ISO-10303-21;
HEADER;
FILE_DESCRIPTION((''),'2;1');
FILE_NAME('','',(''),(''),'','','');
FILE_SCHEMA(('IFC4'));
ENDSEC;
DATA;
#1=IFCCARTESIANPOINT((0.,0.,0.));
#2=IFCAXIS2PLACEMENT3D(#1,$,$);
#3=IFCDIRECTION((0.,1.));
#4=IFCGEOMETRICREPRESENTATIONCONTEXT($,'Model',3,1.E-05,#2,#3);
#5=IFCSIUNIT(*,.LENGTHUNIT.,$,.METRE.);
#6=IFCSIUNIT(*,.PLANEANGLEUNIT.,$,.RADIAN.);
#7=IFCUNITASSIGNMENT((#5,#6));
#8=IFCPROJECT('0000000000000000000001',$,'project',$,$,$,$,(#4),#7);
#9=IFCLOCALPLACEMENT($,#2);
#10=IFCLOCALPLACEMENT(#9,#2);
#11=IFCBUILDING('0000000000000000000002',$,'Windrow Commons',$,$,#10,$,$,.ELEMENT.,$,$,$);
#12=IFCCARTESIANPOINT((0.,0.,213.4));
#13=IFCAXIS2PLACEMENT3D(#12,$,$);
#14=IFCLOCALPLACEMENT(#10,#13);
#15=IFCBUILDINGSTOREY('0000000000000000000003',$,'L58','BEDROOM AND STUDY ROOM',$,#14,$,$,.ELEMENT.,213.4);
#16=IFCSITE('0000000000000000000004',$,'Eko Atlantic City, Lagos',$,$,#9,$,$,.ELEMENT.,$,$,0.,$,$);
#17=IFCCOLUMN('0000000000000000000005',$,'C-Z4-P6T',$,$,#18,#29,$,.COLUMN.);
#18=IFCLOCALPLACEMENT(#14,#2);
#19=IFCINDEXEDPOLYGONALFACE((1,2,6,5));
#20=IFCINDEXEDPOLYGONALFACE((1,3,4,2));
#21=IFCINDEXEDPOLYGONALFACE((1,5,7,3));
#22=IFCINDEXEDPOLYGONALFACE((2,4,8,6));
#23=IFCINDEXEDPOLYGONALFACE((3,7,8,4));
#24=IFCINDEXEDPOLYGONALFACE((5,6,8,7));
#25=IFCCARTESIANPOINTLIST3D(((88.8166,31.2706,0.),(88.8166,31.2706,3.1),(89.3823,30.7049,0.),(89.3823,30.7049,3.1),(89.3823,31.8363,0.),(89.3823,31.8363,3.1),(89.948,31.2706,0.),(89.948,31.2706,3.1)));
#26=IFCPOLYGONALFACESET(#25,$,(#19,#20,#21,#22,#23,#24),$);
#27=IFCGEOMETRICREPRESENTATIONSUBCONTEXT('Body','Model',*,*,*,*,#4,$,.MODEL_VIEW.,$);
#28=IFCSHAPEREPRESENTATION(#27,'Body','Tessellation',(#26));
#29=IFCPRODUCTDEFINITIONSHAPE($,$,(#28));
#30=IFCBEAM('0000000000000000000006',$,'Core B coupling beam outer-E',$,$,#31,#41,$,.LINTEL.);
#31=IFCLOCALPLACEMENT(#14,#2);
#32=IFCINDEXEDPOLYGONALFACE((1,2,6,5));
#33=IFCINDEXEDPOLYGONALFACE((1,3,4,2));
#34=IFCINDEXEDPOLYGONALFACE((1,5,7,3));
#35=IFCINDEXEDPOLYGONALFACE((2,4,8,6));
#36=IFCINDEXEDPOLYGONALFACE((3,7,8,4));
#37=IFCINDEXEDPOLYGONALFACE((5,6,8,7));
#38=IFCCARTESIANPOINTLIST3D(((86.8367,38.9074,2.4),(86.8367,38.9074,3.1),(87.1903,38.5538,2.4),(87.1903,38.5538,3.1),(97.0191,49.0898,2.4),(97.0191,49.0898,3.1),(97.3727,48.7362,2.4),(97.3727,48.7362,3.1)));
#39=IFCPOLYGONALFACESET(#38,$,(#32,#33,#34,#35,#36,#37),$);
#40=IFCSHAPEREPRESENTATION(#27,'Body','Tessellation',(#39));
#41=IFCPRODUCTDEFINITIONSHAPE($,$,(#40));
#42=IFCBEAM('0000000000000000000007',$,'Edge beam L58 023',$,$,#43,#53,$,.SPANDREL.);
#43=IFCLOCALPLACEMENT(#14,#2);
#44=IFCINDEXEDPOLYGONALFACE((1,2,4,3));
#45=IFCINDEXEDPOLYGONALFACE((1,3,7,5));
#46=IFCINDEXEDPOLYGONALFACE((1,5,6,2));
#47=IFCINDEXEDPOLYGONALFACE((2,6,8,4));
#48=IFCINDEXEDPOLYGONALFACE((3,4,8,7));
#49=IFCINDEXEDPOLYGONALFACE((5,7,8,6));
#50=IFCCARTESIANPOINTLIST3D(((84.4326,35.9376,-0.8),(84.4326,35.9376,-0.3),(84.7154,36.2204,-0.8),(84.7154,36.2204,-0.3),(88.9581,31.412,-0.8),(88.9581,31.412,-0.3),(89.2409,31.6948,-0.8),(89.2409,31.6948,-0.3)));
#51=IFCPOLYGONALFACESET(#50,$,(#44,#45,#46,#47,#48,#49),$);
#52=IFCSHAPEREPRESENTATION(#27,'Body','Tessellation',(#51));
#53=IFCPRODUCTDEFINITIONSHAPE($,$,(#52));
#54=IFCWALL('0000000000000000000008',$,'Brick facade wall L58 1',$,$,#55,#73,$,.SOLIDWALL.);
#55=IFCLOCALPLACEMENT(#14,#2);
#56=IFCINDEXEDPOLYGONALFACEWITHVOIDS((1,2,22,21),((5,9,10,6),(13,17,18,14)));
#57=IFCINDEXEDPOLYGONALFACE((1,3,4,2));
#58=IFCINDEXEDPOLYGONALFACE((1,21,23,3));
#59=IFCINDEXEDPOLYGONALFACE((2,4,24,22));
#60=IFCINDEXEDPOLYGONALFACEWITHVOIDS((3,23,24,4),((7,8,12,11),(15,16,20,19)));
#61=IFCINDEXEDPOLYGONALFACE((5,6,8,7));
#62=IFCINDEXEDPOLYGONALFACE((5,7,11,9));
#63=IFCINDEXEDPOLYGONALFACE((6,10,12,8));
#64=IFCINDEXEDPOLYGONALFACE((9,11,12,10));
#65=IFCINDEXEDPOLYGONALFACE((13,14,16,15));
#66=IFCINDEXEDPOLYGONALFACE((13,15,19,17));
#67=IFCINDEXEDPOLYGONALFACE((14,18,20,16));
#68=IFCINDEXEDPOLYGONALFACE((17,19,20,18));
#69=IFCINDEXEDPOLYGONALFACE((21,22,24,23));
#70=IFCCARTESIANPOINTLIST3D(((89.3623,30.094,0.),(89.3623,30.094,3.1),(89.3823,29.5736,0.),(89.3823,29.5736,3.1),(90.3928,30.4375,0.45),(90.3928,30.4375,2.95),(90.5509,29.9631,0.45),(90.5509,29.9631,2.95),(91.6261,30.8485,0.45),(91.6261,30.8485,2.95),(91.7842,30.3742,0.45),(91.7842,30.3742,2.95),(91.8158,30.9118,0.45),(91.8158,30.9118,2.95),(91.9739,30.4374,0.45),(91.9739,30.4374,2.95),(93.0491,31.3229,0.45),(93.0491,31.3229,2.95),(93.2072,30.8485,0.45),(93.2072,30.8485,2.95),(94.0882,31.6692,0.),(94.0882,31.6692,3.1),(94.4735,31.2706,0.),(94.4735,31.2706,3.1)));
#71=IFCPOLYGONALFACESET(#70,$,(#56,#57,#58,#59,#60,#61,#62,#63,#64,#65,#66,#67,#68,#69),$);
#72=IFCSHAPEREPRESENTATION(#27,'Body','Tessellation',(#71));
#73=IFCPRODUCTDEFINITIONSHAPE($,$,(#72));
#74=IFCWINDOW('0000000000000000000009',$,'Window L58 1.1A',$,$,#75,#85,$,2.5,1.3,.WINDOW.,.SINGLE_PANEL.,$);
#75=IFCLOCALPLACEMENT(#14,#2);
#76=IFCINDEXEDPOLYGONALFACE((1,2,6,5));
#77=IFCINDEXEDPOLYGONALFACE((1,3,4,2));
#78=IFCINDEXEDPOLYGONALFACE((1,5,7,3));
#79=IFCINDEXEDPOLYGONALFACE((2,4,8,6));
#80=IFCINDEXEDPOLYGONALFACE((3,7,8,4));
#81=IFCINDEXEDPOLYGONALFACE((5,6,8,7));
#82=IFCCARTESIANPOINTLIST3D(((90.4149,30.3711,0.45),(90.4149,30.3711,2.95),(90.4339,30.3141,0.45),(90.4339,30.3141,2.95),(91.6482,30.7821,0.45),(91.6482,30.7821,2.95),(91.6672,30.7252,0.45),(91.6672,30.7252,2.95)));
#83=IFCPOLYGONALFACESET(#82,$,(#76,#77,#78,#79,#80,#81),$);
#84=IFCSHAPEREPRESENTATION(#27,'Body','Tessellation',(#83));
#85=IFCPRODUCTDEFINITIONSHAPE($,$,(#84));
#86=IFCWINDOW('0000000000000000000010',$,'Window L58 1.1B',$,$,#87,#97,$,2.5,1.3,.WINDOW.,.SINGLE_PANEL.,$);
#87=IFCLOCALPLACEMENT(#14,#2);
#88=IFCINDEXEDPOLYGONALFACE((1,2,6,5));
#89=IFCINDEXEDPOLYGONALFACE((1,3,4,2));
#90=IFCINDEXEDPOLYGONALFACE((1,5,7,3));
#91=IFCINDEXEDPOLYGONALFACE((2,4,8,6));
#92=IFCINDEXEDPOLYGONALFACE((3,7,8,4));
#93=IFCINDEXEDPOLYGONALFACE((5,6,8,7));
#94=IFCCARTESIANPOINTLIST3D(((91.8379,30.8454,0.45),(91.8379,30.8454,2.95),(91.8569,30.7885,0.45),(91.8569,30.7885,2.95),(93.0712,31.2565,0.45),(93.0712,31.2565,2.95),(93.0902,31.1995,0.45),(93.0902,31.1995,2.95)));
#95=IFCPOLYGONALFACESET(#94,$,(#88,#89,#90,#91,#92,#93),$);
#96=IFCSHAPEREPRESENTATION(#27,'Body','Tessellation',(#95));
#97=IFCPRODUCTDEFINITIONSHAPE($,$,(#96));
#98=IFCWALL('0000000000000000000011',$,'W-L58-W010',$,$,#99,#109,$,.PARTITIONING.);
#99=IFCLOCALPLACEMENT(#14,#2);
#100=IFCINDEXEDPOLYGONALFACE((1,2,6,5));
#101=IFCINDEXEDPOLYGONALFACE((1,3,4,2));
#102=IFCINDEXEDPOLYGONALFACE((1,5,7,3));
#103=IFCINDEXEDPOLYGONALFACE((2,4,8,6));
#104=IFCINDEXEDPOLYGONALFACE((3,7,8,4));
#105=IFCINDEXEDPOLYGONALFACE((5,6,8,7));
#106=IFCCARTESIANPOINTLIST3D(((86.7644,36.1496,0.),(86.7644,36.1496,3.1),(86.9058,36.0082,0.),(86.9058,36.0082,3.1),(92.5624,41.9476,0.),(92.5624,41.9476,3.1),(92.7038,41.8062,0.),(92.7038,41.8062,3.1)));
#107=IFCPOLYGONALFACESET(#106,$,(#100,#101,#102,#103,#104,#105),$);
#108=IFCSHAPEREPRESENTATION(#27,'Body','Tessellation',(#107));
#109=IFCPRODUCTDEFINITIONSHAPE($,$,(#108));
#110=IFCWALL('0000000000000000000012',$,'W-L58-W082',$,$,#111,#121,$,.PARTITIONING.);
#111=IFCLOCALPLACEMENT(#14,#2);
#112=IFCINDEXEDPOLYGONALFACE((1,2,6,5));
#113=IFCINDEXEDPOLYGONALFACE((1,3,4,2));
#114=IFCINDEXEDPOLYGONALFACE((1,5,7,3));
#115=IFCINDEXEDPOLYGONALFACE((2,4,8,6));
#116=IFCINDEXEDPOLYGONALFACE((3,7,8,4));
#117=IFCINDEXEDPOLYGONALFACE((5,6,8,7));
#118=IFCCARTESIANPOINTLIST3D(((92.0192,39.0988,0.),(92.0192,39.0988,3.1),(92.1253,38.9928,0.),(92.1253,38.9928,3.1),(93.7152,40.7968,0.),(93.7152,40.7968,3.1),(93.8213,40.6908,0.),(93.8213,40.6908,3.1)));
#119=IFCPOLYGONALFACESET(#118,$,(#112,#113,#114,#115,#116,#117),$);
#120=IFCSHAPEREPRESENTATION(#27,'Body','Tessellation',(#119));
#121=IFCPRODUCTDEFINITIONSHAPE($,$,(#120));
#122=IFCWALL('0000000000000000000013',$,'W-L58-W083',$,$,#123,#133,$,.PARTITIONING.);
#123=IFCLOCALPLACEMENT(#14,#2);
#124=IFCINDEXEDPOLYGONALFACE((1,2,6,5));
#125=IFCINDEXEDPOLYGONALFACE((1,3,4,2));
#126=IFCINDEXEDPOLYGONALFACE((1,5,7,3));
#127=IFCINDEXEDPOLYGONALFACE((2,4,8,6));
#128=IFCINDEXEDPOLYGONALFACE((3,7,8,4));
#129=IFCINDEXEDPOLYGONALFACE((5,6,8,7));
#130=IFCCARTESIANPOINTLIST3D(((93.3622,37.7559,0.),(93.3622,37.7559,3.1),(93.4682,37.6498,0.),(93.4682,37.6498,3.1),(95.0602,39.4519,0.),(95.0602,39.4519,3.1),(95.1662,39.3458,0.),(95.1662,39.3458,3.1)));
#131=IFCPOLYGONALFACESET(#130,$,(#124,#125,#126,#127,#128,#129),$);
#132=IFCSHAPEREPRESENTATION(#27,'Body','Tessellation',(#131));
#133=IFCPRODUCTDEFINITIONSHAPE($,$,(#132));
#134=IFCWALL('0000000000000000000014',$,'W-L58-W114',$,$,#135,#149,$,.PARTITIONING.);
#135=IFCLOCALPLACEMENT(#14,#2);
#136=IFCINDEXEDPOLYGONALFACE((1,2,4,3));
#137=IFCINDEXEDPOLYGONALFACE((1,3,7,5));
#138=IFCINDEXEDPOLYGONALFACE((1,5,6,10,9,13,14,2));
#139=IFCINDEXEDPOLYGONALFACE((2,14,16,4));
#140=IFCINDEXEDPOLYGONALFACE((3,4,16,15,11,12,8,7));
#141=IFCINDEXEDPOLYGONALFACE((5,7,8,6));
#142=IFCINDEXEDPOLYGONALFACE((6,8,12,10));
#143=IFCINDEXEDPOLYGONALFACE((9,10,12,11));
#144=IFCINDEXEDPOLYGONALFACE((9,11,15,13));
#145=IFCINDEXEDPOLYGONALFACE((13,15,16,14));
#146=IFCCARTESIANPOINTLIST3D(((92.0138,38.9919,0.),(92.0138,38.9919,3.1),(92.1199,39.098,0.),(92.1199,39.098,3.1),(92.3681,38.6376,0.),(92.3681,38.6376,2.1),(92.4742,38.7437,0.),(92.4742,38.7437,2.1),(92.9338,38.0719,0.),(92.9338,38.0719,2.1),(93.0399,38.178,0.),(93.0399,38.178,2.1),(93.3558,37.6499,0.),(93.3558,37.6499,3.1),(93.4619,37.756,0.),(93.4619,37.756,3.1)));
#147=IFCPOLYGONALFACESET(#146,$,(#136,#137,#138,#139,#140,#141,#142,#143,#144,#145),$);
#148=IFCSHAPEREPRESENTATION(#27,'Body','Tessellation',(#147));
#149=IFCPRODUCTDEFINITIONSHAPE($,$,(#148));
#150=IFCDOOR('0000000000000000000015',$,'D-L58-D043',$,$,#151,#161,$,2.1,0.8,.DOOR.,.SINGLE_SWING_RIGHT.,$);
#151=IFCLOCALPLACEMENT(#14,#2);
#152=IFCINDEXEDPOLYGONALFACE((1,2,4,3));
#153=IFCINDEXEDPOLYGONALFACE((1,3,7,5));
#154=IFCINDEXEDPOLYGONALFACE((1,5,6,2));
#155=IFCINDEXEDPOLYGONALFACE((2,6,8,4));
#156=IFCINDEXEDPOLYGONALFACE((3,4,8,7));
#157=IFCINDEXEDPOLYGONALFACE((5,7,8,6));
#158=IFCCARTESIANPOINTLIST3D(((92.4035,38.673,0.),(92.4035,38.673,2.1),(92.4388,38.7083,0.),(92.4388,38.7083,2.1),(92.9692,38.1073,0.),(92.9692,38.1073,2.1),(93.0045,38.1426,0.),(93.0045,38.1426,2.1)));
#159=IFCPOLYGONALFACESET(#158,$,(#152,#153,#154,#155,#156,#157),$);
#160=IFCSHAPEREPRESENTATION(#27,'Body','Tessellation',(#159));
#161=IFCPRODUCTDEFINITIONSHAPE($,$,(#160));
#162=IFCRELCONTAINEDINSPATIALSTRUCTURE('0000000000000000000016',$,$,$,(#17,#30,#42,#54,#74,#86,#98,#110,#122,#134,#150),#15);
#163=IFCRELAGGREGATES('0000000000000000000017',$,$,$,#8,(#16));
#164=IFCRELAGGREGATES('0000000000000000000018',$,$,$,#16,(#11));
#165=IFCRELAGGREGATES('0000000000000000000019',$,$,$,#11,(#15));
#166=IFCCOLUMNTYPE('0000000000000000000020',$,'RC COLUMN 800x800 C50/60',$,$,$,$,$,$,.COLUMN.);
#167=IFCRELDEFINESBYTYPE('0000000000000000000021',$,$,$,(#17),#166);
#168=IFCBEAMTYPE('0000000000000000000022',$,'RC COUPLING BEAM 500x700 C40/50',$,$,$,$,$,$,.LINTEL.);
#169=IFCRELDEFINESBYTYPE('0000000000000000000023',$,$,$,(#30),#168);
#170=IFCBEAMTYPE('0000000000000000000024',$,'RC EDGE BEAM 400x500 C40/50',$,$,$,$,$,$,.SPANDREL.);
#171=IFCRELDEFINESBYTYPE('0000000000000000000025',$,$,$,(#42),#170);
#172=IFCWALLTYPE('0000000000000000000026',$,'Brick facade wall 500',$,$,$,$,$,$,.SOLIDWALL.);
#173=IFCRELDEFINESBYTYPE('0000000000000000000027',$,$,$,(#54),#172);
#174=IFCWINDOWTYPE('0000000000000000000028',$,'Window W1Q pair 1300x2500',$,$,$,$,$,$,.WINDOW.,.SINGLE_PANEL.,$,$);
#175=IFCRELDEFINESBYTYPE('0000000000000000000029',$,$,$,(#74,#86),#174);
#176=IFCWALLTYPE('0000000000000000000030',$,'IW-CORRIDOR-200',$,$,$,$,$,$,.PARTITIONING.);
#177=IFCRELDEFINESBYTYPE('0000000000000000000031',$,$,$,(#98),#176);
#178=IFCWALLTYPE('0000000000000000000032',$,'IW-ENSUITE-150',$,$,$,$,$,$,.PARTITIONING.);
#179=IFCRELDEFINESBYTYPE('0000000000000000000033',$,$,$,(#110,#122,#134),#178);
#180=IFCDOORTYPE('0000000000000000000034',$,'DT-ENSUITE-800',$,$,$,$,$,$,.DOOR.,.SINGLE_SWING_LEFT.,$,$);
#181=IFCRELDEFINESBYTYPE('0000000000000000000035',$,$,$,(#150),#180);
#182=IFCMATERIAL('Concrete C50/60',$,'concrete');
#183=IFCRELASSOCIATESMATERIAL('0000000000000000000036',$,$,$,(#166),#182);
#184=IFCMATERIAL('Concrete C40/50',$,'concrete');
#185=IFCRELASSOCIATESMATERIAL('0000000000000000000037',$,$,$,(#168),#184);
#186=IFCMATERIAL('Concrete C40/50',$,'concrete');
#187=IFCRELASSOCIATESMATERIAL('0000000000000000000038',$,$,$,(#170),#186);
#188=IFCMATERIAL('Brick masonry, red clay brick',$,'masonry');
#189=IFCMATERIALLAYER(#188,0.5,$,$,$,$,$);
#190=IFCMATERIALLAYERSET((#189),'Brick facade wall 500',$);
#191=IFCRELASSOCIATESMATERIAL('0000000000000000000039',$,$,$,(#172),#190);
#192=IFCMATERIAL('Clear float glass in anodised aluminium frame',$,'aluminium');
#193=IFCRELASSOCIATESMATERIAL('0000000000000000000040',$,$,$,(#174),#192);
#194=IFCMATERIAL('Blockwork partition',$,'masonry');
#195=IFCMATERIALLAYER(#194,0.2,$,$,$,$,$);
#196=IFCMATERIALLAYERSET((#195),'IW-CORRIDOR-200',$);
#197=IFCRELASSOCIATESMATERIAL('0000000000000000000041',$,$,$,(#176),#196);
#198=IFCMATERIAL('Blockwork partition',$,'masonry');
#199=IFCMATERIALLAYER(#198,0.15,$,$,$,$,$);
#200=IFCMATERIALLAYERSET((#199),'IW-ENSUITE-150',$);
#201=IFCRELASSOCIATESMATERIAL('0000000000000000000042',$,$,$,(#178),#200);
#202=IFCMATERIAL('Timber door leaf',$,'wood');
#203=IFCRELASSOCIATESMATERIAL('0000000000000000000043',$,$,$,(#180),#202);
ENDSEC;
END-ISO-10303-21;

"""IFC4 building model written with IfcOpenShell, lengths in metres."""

from ifc_helpers import new_model, si_unit, direction, frame, frame_2d, origin, origin_2d, place, context, subcontext, project, spatial, polyline, rectangle, outline, extrude, material, layer, layer_set, material_profile, profile_set, type_object, element, fill, save


model = new_model("IFC4")

# Units and contexts
model_context = context("Model", 3, precision=1e-05, world=origin(), true_north=direction((0.0, 1.0)))
body_context = subcontext(model_context, "Body", "Model", "MODEL_VIEW")
ifc_project = project(units=[si_unit("LENGTHUNIT", "METRE"), si_unit("PLANEANGLEUNIT", "RADIAN")], contexts=[model_context])

# Site, building, storey
site_placement = place(None, origin())
site = spatial("IfcSite", under=ifc_project, at=site_placement, Name="Eko Atlantic City, Lagos", CompositionType="ELEMENT", RefElevation=0.0)
building_placement = place(site_placement, origin())
building = spatial("IfcBuilding", under=site, at=building_placement, Name="Windrow Commons", CompositionType="ELEMENT")
storey_placement = place(building_placement, frame((0.0, 0.0, 213.4)))
storey = spatial("IfcBuildingStorey", under=building, at=storey_placement, Name="L58", Description="BEDROOM AND STUDY ROOM", CompositionType="ELEMENT", Elevation=213.4)

# Column
ifc_material_1 = material(Name="Concrete C50/60", Category="concrete")
ifc_material_profile_1 = material_profile(ifc_material_1, rectangle(XDim=0.8, YDim=0.8, at=origin_2d()))
ifc_profile_set_1 = profile_set([ifc_material_profile_1], Name="Concrete C50/60")
column_type = type_object("IfcColumnType", Name="RC COLUMN 800x800 C50/60", PredefinedType="COLUMN", material=ifc_profile_set_1)
column_placement = place(storey_placement, frame((89.3823, 31.2706, 0.0), z_axis=(0.0, 0.0, 1.0), x_axis=(0.707107, -0.707107, 0.0)))
element("IfcColumn", 1, at=column_placement, inside=storey, type_object=column_type, Name="C-Z4-P6T", PredefinedType="COLUMN", context=body_context, shape_type="SweptSolid", body=[
    extrude(rectangle(XDim=0.8, YDim=0.8, at=origin_2d()), origin(), (0.0, 0.0, 1.0), 3.1),
])

# Beams
ifc_material_2 = material(Name="Concrete C40/50", Category="concrete")
ifc_material_profile_2 = material_profile(ifc_material_2, rectangle(XDim=0.5, YDim=0.7, at=origin_2d()))
ifc_profile_set_2 = profile_set([ifc_material_profile_2], Name="Concrete C40/50")
beam_type_1 = type_object("IfcBeamType", Name="RC COUPLING BEAM 500x700 C40/50", PredefinedType="LINTEL", material=ifc_profile_set_2)
beam_1_placement = place(storey_placement, frame((87.0135, 38.7306, 2.75), z_axis=(0.707107, 0.707107, 0.0), x_axis=(-0.707107, 0.707107, 0.0)))
element("IfcBeam", 2, at=beam_1_placement, inside=storey, type_object=beam_type_1, Name="Core B coupling beam outer-E", PredefinedType="LINTEL", context=body_context, shape_type="SweptSolid", body=[
    extrude(rectangle(XDim=0.5, YDim=0.7, at=origin_2d()), origin(), (0.0, 0.0, 1.0), 14.4001),
])
ifc_material_3 = material(Name="Concrete C40/50", Category="concrete")
ifc_material_profile_3 = material_profile(ifc_material_3, rectangle(XDim=0.4, YDim=0.5, at=origin_2d()))
ifc_profile_set_3 = profile_set([ifc_material_profile_3], Name="Concrete C40/50")
beam_type_2 = type_object("IfcBeamType", Name="RC EDGE BEAM 400x500 C40/50", PredefinedType="SPANDREL", material=ifc_profile_set_3)
beam_2_placement = place(storey_placement, frame((89.0995, 31.5534, -0.55), z_axis=(-0.707099, 0.707115, 0.0), x_axis=(-0.707115, -0.707099, 0.0)))
element("IfcBeam", 3, at=beam_2_placement, inside=storey, type_object=beam_type_2, Name="Edge beam L58 023", PredefinedType="SPANDREL", context=body_context, shape_type="SweptSolid", body=[
    extrude(rectangle(XDim=0.4, YDim=0.5, at=origin_2d()), origin(), (0.0, 0.0, 1.0), 6.4001),
])

# Wall, openings, windows
ifc_material_4 = material(Name="Brick masonry, red clay brick", Category="masonry")
ifc_layer_1 = layer(ifc_material_4, 0.5)
ifc_layer_set_1 = layer_set([ifc_layer_1], Name="Brick facade wall 500")
wall_type_1 = type_object("IfcWallType", Name="Brick facade wall 500", PredefinedType="SOLIDWALL", material=ifc_layer_set_1)
wall_1_placement = place(storey_placement, frame((89.3723, 29.8338, 0.0), z_axis=(0.0, 0.0, 1.0), x_axis=(0.948687, 0.316216, 0.0)))
wall_1 = element("IfcWall", 4, at=wall_1_placement, inside=storey, type_object=wall_type_1, Name="Brick facade wall L58 1", PredefinedType="SOLIDWALL", context=body_context, shape_type="SweptSolid", body=[
    extrude(outline(polyline([(-0.0728, -0.25), (5.2938, -0.25), (5.0543, 0.25), (0.0728, 0.25), (-0.0728, -0.25)])), origin(), (0.0, 0.0, 1.0), 3.1),
])
opening_1_placement = place(wall_1_placement, frame((1.159, 0.0, 0.45)))
opening_1 = element("IfcOpeningElement", 5, at=opening_1_placement, cuts=wall_1, PredefinedType="OPENING", context=body_context, shape_type="SweptSolid", body=[
    extrude(rectangle(XDim=1.3, YDim=2.5, at=frame_2d((0.65, 1.25))), frame((0.0, 0.26, 0.0), z_axis=(0.0, -1.0, 0.0), x_axis=(1.0, 0.0, 0.0)), (0.0, 0.0, 1.0), 0.52),
])
opening_2_placement = place(wall_1_placement, frame((2.659, 0.0, 0.45)))
opening_2 = element("IfcOpeningElement", 6, at=opening_2_placement, cuts=wall_1, PredefinedType="OPENING", context=body_context, shape_type="SweptSolid", body=[
    extrude(rectangle(XDim=1.3, YDim=2.5, at=frame_2d((0.65, 1.25))), frame((0.0, 0.26, 0.0), z_axis=(0.0, -1.0, 0.0), x_axis=(1.0, 0.0, 0.0)), (0.0, 0.0, 1.0), 0.52),
])
ifc_material_5 = material(Name="Clear float glass in anodised aluminium frame", Category="aluminium")
window_type = type_object("IfcWindowType", Name="Window W1Q pair 1300x2500", PartitioningType="SINGLE_PANEL", PredefinedType="WINDOW", material=ifc_material_5)
window_1_placement = place(opening_1_placement, origin())
window_1 = element("IfcWindow", 7, at=window_1_placement, inside=storey, type_object=window_type, Name="Window L58 1.1A", OverallHeight=2.5, OverallWidth=1.3, PartitioningType="SINGLE_PANEL", PredefinedType="WINDOW", context=body_context, shape_type="SweptSolid", body=[
    extrude(rectangle(XDim=1.3, YDim=2.5, at=frame_2d((0.65, 1.25))), frame((0.0, 0.18, 0.0), z_axis=(0.0, -1.0, 0.0), x_axis=(1.0, 0.0, 0.0)), (0.0, 0.0, 1.0), 0.06),
])
fill(opening_1, window_1)
window_2_placement = place(opening_2_placement, origin())
window_2 = element("IfcWindow", 8, at=window_2_placement, inside=storey, type_object=window_type, Name="Window L58 1.1B", OverallHeight=2.5, OverallWidth=1.3, PartitioningType="SINGLE_PANEL", PredefinedType="WINDOW", context=body_context, shape_type="SweptSolid", body=[
    extrude(rectangle(XDim=1.3, YDim=2.5, at=frame_2d((0.65, 1.25))), frame((0.0, 0.18, 0.0), z_axis=(0.0, -1.0, 0.0), x_axis=(1.0, 0.0, 0.0)), (0.0, 0.0, 1.0), 0.06),
])
fill(opening_2, window_2)

# Walls
ifc_material_6 = material(Name="Blockwork partition", Category="masonry")
ifc_layer_2 = layer(ifc_material_6, 0.2)
ifc_layer_set_2 = layer_set([ifc_layer_2], Name="IW-CORRIDOR-200")
wall_type_2 = type_object("IfcWallType", Name="IW-CORRIDOR-200", PredefinedType="PARTITIONING", material=ifc_layer_set_2)
wall_2_placement = place(storey_placement, frame((86.8351, 36.0789, 0.0), z_axis=(0.0, 0.0, 1.0), x_axis=(0.707107, 0.707107, 0.0)))
element("IfcWall", 9, at=wall_2_placement, inside=storey, type_object=wall_type_2, Name="W-L58-W010", PredefinedType="PARTITIONING", context=body_context, shape_type="SweptSolid", body=[
    extrude(rectangle(XDim=8.1996, YDim=0.2, at=frame_2d((4.0998, 0.0))), origin(), (0.0, 0.0, 1.0), 3.1),
])
ifc_material_7 = material(Name="Blockwork partition", Category="masonry")
ifc_layer_3 = layer(ifc_material_7, 0.15)
ifc_layer_set_3 = layer_set([ifc_layer_3], Name="IW-ENSUITE-150")
wall_type_3 = type_object("IfcWallType", Name="IW-ENSUITE-150", PredefinedType="PARTITIONING", material=ifc_layer_set_3)
for number, where, z_axis, x_axis, name in (
    (10, (92.0722, 39.0458, 0.0), (0.0, 0.0, 1.0), (0.70669, 0.707523, 0.0), "W-L58-W082"),
    (11, (93.4152, 37.7028, 0.0), (0.0, 0.0, 1.0), (0.707523, 0.70669, 0.0), "W-L58-W083"),
):
    element("IfcWall", number, at=place(storey_placement, frame(where, z_axis=z_axis, x_axis=x_axis)), inside=storey, type_object=wall_type_3, Name=name, PredefinedType="PARTITIONING", context=body_context, shape_type="SweptSolid", body=[
        extrude(rectangle(XDim=2.3999, YDim=0.15, at=frame_2d((1.2, 0.0))), origin(), (0.0, 0.0, 1.0), 3.1),
    ])

# Wall, opening, door
wall_3_placement = place(storey_placement, frame((92.0669, 39.0449, 0.0), z_axis=(0.0, 0.0, 1.0), x_axis=(0.707107, -0.707107, 0.0)))
wall_3 = element("IfcWall", 12, at=wall_3_placement, inside=storey, type_object=wall_type_3, Name="W-L58-W114", PredefinedType="PARTITIONING", context=body_context, shape_type="SweptSolid", body=[
    extrude(rectangle(XDim=1.8979, YDim=0.15, at=frame_2d((0.9489, 0.0))), origin(), (0.0, 0.0, 1.0), 3.1),
])
opening_3_placement = place(wall_3_placement, frame((0.501, 0.0, 0.0)))
opening_3 = element("IfcOpeningElement", 13, at=opening_3_placement, cuts=wall_3, PredefinedType="OPENING", context=body_context, shape_type="SweptSolid", body=[
    extrude(rectangle(XDim=0.8, YDim=2.1, at=frame_2d((0.4, 1.05))), frame((0.0, 0.085, 0.0), z_axis=(0.0, -1.0, 0.0), x_axis=(1.0, 0.0, 0.0)), (0.0, 0.0, 1.0), 0.17),
])
ifc_material_8 = material(Name="Timber door leaf", Category="wood")
door_type_1 = type_object("IfcDoorType", Name="DT-ENSUITE-800", OperationType="SINGLE_SWING_LEFT", PredefinedType="DOOR", material=ifc_material_8)
door_1_placement = place(opening_3_placement, origin())
door_1 = element("IfcDoor", 14, at=door_1_placement, inside=storey, type_object=door_type_1, Name="D-L58-D043", OperationType="SINGLE_SWING_RIGHT", OverallHeight=2.1, OverallWidth=0.8, PredefinedType="DOOR", context=body_context, shape_type="SweptSolid", body=[
    extrude(rectangle(XDim=0.8, YDim=2.1, at=frame_2d((0.4, 1.05))), frame((0.0, 0.025, 0.0), z_axis=(0.0, -1.0, 0.0), x_axis=(1.0, 0.0, 0.0)), (0.0, 0.0, 1.0), 0.05),
])
fill(opening_3, door_1)

save(model, "model.ifc")
